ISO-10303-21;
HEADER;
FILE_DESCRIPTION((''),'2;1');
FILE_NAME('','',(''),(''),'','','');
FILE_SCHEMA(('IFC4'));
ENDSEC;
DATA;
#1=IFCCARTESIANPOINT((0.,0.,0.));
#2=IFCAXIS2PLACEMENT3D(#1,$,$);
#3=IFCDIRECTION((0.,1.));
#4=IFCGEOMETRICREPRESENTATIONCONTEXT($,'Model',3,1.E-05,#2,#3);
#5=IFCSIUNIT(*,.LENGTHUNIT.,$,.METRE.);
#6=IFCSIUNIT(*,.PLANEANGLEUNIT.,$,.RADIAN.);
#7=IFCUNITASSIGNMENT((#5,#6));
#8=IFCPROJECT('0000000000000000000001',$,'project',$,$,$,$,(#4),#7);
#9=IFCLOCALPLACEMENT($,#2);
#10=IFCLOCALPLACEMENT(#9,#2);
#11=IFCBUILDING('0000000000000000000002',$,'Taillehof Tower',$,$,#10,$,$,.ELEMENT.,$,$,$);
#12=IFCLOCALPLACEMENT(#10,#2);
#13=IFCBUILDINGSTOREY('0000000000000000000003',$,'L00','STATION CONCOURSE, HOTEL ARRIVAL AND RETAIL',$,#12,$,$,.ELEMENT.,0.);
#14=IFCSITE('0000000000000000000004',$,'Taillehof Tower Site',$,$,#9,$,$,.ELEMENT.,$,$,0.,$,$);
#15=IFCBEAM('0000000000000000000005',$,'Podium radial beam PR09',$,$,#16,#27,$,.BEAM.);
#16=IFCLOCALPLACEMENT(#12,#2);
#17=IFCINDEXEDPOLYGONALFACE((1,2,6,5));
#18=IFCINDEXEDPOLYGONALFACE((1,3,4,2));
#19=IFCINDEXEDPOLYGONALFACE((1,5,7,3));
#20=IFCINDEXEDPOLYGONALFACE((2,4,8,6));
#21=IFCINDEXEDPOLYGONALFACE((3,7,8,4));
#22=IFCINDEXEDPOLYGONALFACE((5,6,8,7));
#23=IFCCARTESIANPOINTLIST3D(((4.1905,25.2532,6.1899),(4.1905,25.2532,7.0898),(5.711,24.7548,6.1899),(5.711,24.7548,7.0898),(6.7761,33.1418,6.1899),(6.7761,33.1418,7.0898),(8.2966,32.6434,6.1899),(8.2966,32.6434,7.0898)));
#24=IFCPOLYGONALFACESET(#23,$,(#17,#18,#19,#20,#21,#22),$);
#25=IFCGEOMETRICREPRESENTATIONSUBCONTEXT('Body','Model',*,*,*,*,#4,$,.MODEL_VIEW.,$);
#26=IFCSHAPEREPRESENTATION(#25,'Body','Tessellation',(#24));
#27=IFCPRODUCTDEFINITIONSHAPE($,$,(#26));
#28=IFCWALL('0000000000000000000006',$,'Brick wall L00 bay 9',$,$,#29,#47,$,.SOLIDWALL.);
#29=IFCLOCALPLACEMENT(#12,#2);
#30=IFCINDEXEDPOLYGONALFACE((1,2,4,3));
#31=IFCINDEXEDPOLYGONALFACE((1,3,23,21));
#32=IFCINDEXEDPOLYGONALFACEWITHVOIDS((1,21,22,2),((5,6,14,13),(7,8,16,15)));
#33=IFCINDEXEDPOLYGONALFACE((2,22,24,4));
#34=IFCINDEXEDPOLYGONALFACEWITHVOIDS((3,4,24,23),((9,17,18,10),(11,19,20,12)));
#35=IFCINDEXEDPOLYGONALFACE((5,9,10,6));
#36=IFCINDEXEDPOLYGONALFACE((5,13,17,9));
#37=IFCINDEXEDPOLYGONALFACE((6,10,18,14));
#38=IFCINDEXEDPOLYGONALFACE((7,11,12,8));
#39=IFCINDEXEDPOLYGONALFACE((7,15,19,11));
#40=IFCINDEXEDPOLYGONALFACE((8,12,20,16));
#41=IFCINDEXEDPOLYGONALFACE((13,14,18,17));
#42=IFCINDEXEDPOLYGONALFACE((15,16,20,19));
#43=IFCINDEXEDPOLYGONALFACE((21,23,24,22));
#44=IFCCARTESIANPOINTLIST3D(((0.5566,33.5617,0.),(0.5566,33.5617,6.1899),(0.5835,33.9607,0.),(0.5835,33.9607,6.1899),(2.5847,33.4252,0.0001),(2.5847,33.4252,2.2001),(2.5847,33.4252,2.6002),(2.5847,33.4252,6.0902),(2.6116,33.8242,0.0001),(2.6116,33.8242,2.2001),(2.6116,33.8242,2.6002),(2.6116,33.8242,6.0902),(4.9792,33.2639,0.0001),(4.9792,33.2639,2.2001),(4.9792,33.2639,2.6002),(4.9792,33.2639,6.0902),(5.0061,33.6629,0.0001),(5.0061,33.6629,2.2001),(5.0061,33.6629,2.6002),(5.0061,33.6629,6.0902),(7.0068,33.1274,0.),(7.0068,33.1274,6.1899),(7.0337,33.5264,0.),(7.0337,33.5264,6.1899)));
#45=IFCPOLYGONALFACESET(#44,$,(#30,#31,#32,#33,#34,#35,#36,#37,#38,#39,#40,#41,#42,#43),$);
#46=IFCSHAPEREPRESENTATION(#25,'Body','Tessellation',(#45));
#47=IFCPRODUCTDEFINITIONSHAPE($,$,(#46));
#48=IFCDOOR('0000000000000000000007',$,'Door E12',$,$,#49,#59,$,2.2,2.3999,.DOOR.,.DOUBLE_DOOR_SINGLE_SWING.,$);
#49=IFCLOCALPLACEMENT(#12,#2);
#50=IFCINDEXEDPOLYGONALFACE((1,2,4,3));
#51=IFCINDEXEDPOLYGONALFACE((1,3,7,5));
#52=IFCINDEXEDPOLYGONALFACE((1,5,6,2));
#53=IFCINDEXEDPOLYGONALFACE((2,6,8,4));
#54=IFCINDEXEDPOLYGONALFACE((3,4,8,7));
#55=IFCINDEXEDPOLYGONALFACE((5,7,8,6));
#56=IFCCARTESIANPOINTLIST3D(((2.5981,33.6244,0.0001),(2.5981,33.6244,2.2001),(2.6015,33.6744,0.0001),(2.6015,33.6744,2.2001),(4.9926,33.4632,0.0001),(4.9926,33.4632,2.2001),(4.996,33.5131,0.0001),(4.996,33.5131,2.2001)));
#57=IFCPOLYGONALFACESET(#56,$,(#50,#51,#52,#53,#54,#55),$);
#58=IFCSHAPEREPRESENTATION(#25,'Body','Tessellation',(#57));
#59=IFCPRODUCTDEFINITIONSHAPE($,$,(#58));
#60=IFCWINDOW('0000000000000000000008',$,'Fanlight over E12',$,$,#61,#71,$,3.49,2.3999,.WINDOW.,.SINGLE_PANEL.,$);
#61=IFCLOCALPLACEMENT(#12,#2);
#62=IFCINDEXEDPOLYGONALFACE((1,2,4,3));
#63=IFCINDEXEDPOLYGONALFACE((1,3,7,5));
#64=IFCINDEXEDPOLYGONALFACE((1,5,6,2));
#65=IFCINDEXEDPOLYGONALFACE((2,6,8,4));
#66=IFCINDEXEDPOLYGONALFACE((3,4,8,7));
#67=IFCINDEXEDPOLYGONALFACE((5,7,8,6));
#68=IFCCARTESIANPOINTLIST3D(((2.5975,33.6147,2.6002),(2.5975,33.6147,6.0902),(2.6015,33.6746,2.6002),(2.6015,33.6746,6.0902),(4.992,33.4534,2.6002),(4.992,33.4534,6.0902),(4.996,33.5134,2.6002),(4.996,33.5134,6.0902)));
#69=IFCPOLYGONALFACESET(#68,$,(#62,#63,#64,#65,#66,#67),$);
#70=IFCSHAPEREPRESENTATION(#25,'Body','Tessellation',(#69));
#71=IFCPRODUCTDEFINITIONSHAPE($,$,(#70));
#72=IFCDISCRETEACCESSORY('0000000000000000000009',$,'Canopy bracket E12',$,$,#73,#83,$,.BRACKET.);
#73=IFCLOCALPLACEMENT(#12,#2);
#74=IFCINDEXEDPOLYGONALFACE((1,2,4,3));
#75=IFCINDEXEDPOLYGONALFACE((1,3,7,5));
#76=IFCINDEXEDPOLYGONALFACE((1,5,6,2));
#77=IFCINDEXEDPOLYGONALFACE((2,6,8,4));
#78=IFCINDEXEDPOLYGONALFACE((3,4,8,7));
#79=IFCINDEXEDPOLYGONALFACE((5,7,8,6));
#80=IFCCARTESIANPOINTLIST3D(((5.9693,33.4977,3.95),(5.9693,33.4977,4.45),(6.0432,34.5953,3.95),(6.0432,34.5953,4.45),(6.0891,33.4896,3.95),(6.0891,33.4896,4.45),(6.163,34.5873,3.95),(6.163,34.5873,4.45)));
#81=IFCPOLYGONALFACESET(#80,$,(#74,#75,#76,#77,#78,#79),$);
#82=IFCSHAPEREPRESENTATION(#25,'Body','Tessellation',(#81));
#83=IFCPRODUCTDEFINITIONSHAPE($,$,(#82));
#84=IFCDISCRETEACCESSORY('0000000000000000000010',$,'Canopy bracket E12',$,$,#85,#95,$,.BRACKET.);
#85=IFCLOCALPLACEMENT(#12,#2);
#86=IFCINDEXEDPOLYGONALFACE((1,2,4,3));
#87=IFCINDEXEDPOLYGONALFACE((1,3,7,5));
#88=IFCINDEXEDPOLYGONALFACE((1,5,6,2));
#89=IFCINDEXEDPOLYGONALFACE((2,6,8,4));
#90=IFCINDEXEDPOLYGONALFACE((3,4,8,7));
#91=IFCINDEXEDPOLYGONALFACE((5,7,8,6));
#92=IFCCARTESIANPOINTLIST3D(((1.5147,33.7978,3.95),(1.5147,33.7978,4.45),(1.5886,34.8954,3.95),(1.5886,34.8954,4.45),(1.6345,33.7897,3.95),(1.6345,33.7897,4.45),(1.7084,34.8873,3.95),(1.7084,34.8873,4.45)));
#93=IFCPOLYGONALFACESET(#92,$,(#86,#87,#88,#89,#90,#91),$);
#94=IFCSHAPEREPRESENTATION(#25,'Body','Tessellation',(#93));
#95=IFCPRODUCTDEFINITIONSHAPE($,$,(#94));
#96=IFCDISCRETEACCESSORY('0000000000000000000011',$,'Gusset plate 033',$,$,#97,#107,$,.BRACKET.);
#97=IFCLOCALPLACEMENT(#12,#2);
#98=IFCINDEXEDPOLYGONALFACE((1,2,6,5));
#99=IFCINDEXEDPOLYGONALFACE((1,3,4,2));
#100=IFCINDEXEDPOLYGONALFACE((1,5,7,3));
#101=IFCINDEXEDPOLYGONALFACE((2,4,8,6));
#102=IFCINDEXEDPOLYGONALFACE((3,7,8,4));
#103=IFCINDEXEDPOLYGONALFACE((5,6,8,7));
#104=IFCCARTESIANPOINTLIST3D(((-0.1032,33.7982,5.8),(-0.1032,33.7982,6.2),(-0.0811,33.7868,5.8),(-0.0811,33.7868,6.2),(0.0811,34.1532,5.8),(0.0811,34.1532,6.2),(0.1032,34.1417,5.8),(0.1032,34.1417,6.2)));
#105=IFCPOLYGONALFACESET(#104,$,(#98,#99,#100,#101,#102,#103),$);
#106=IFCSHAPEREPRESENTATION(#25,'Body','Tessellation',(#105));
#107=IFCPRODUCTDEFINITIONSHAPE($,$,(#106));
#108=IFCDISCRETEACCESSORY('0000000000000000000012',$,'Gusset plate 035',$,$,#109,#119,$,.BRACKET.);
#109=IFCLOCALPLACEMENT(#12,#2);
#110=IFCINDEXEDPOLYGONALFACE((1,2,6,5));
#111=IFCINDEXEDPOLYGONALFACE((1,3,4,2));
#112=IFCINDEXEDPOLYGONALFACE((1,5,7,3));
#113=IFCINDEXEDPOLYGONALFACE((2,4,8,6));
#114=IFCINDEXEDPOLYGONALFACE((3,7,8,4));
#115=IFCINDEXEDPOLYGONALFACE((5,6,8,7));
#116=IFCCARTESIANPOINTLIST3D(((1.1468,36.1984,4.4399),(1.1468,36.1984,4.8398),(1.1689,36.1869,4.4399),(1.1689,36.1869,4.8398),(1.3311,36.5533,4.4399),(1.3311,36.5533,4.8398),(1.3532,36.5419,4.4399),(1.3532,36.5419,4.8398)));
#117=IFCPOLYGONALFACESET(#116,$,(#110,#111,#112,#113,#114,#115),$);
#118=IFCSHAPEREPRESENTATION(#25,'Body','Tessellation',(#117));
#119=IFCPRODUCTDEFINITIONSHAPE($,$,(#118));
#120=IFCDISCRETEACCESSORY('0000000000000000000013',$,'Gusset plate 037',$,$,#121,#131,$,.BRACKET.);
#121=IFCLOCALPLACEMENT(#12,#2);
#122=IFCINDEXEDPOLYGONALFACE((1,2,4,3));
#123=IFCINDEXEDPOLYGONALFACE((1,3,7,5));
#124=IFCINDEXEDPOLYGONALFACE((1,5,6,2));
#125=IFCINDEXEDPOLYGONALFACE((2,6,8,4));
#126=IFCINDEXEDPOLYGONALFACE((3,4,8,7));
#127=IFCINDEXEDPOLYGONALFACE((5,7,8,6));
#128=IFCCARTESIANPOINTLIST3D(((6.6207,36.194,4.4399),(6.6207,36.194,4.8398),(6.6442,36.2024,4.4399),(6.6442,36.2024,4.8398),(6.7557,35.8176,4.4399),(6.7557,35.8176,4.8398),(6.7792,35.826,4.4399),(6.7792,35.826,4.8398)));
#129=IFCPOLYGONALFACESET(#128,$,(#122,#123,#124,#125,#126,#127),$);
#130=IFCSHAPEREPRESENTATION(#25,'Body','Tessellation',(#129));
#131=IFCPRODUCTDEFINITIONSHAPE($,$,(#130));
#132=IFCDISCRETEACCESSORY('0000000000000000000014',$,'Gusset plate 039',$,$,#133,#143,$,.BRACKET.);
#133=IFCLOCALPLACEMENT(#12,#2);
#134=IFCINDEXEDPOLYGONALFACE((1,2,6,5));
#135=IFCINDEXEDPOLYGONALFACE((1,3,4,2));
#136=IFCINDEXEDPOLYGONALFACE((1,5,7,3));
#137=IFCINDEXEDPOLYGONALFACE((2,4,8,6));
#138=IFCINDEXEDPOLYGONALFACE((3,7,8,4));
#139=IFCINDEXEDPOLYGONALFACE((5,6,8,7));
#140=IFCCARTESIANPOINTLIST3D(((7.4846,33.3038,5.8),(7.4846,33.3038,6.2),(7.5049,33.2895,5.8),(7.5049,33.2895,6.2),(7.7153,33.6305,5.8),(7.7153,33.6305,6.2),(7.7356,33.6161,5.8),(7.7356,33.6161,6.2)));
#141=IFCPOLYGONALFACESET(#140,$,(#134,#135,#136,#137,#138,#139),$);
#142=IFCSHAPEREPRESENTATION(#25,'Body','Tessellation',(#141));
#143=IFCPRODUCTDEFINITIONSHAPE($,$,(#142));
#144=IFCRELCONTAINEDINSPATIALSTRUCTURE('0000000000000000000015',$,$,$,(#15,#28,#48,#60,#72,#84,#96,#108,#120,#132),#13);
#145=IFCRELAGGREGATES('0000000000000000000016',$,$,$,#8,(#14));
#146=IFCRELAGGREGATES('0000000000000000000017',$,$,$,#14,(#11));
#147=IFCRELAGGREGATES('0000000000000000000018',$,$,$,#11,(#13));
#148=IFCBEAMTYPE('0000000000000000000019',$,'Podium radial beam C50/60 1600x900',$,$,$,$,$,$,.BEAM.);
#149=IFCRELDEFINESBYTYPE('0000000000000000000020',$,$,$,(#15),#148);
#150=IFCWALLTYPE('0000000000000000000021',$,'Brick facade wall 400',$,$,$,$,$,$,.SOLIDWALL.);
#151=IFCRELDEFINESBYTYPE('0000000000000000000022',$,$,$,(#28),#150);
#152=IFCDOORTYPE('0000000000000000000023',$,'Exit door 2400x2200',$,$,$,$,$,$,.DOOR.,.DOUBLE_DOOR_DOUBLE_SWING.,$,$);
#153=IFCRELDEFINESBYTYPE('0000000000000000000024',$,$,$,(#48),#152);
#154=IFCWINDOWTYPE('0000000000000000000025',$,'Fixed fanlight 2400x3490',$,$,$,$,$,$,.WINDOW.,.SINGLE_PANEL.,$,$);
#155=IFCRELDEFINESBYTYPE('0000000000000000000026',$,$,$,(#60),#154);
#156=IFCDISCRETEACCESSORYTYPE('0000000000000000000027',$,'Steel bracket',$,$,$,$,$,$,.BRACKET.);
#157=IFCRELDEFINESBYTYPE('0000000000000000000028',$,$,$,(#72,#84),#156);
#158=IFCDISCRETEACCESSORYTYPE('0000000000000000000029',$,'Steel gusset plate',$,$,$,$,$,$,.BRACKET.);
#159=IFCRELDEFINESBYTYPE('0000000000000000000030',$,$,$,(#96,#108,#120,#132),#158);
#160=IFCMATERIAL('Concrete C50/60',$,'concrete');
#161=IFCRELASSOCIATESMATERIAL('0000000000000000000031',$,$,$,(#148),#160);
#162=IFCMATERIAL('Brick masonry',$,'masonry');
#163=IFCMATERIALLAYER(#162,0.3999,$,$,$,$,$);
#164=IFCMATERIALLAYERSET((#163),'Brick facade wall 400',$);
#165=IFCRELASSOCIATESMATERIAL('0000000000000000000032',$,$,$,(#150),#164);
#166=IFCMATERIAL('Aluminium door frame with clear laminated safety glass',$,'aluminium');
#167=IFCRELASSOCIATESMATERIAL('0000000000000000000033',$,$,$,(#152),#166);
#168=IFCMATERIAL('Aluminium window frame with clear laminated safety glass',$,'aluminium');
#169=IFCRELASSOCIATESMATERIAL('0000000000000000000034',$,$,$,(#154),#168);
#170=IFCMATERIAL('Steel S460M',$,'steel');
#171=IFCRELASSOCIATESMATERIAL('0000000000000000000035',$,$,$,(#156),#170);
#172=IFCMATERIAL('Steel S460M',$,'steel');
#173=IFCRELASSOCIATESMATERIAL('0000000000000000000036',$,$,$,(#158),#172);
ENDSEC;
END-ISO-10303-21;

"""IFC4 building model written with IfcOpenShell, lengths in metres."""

from ifc_helpers import new_model, si_unit, direction, frame, frame_2d, origin, origin_2d, place, context, subcontext, project, spatial, rectangle, extrude, material, layer, layer_set, material_profile, profile_set, type_object, element, fill, save


model = new_model("IFC4")

# Units and contexts
model_context = context("Model", 3, precision=1e-05, world=origin(), true_north=direction((0.0, 1.0)))
body_context = subcontext(model_context, "Body", "Model", "MODEL_VIEW")
ifc_project = project(units=[si_unit("LENGTHUNIT", "METRE"), si_unit("PLANEANGLEUNIT", "RADIAN")], contexts=[model_context])

# Site, building, storey
site_placement = place(None, origin())
site = spatial("IfcSite", under=ifc_project, at=site_placement, Name="Taillehof Tower Site", CompositionType="ELEMENT", RefElevation=0.0)
building_placement = place(site_placement, origin())
building = spatial("IfcBuilding", under=site, at=building_placement, Name="Taillehof Tower", CompositionType="ELEMENT")
storey_placement = place(building_placement, origin())
storey = spatial("IfcBuildingStorey", under=building, at=storey_placement, Name="L00", Description="STATION CONCOURSE, HOTEL ARRIVAL AND RETAIL", CompositionType="ELEMENT", Elevation=0.0)

# Beam
ifc_material_1 = material(Name="Concrete C50/60", Category="concrete")
ifc_material_profile_1 = material_profile(ifc_material_1, rectangle(XDim=1.6001, YDim=0.8999, at=origin_2d()), Name="RC 1600x900")
ifc_profile_set_1 = profile_set([ifc_material_profile_1], Name="Concrete C50/60")
beam_type_1 = type_object("IfcBeamType", Name="Podium radial beam C50/60 1600x900", PredefinedType="BEAM", material=ifc_profile_set_1)
beam_1_placement = place(storey_placement, frame((7.5364, 32.8926, 6.6399), z_axis=(-0.311468, -0.950257, 0.0), x_axis=(0.950257, -0.311468, 0.0)))
element("IfcBeam", 1, at=beam_1_placement, inside=storey, type_object=beam_type_1, Name="Podium radial beam PR09", PredefinedType="BEAM", context=body_context, shape_type="SweptSolid", body=[
    extrude(rectangle(XDim=1.6001, YDim=0.8999, at=origin_2d()), origin(), (0.0, 0.0, 1.0), 8.3015),
])

# Wall, openings, door, window
ifc_material_2 = material(Name="Brick masonry", Category="masonry")
ifc_layer = layer(ifc_material_2, 0.3999)
ifc_layer_set = layer_set([ifc_layer], Name="Brick facade wall 400")
wall_type = type_object("IfcWallType", Name="Brick facade wall 400", PredefinedType="SOLIDWALL", material=ifc_layer_set)
wall_placement = place(storey_placement, frame((7.0203, 33.3269, 0.0), z_axis=(0.0, 0.0, 1.0), x_axis=(-0.997741, 0.067183, 0.0)))
wall = element("IfcWall", 2, at=wall_placement, inside=storey, type_object=wall_type, Name="Brick wall L00 bay 9", PredefinedType="SOLIDWALL", context=body_context, shape_type="SweptSolid", body=[
    extrude(rectangle(XDim=6.4648, YDim=0.3999, at=frame_2d((3.2324, 0.0))), origin(), (0.0, 0.0, 1.0), 6.1899),
])
opening_1_placement = place(wall_placement, frame((2.0322, 0.0, 0.0)))
opening_1 = element("IfcOpeningElement", 3, at=opening_1_placement, cuts=wall, PredefinedType="OPENING", context=body_context, shape_type="SweptSolid", body=[
    extrude(rectangle(XDim=2.3999, YDim=2.2, at=frame_2d((1.2, 1.1001))), frame((0.0, 0.21, 0.0), z_axis=(0.0, -1.0, 0.0), x_axis=(1.0, 0.0, 0.0)), (0.0, 0.0, 1.0), 0.4199),
])
opening_2_placement = place(wall_placement, frame((2.0322, 0.0, 2.6001)))
opening_2 = element("IfcOpeningElement", 4, at=opening_2_placement, cuts=wall, PredefinedType="OPENING", context=body_context, shape_type="SweptSolid", body=[
    extrude(rectangle(XDim=2.3999, YDim=3.49, at=frame_2d((1.2, 1.7451))), frame((0.0, 0.21, 0.0), z_axis=(0.0, -1.0, 0.0), x_axis=(1.0, 0.0, 0.0)), (0.0, 0.0, 1.0), 0.4199),
])
ifc_material_3 = material(Name="Aluminium door frame with clear laminated safety glass", Category="aluminium")
door_type = type_object("IfcDoorType", Name="Exit door 2400x2200", OperationType="DOUBLE_DOOR_DOUBLE_SWING", PredefinedType="DOOR", material=ifc_material_3)
door_placement = place(opening_1_placement, frame((2.3999, 0.0, 0.0), z_axis=(0.0, 0.0, 1.0), x_axis=(-1.0, 0.0, 0.0)))
door = element("IfcDoor", 5, at=door_placement, inside=storey, type_object=door_type, Name="Door E12", OperationType="DOUBLE_DOOR_SINGLE_SWING", OverallHeight=2.2, OverallWidth=2.3999, PredefinedType="DOOR", context=body_context, shape_type="SweptSolid", body=[
    extrude(rectangle(XDim=2.3999, YDim=2.2, at=frame_2d((1.2, 1.1001))), frame((0.0, 0.0498, 0.0), z_axis=(0.0, -1.0, 0.0), x_axis=(1.0, 0.0, 0.0)), (0.0, 0.0, 1.0), 0.05),
])
fill(opening_1, door)
ifc_material_4 = material(Name="Aluminium window frame with clear laminated safety glass", Category="aluminium")
window_type = type_object("IfcWindowType", Name="Fixed fanlight 2400x3490", PartitioningType="SINGLE_PANEL", PredefinedType="WINDOW", material=ifc_material_4)
window_placement = place(opening_2_placement, origin())
window = element("IfcWindow", 6, at=window_placement, inside=storey, type_object=window_type, Name="Fanlight over E12", OverallHeight=3.49, OverallWidth=2.3999, PartitioningType="SINGLE_PANEL", PredefinedType="WINDOW", context=body_context, shape_type="SweptSolid", body=[
    extrude(rectangle(XDim=2.3999, YDim=3.49, at=frame_2d((1.2, 1.7451))), frame((0.0, 0.01, 0.0), z_axis=(0.0, -1.0, 0.0), x_axis=(1.0, 0.0, 0.0)), (0.0, 0.0, 1.0), 0.0601),
])
fill(opening_2, window)

# Discrete accessories
ifc_material_5 = material(Name="Steel S460M", Category="steel")
discrete_accessory_type_1 = type_object("IfcDiscreteAccessoryType", Name="Steel bracket", PredefinedType="BRACKET", material=ifc_material_5)
for number, where, z_axis, x_axis, name in (
    (7, (6.0662, 34.0425, 3.95), (0.0, 0.0, 1.0), (0.067183, 0.997741, 0.0), "Canopy bracket E12"),
    (8, (1.6116, 34.3425, 3.95), (0.0, 0.0, 1.0), (0.067183, 0.997741, 0.0), "Canopy bracket E12"),
):
    element("IfcDiscreteAccessory", number, at=place(storey_placement, frame(where, z_axis=z_axis, x_axis=x_axis)), inside=storey, type_object=discrete_accessory_type_1, Name=name, PredefinedType="BRACKET", context=body_context, shape_type="SweptSolid", body=[
        extrude(rectangle(XDim=1.1001, YDim=0.1201, at=origin_2d()), origin(), (0.0, 0.0, 1.0), 0.5),
    ])
ifc_material_6 = material(Name="Steel S460M", Category="steel")
discrete_accessory_type_2 = type_object("IfcDiscreteAccessoryType", Name="Steel gusset plate", PredefinedType="BRACKET", material=ifc_material_6)
for number, where, z_axis, x_axis, name in (
    (9, (0.0, 33.97, 5.8), (0.0, 0.0, 1.0), (-0.460669, -0.887572, 0.0), "Gusset plate 033"),
    (10, (1.25, 36.3701, 4.4399), (0.0, 0.0, 1.0), (-0.460669, -0.887572, 0.0), "Gusset plate 035"),
    (11, (6.7, 36.01, 4.4399), (0.0, 0.0, 1.0), (0.337614, -0.941284, 0.0), "Gusset plate 037"),
    (12, (7.6101, 33.46, 5.8), (0.0, 0.0, 1.0), (-0.576929, -0.816795, 0.0), "Gusset plate 039"),
):
    element("IfcDiscreteAccessory", number, at=place(storey_placement, frame(where, z_axis=z_axis, x_axis=x_axis)), inside=storey, type_object=discrete_accessory_type_2, Name=name, PredefinedType="BRACKET", context=body_context, shape_type="SweptSolid", body=[
        extrude(rectangle(XDim=0.3999, YDim=0.0249, at=origin_2d()), origin(), (0.0, 0.0, 1.0), 0.3999),
    ])

save(model, "model.ifc")
